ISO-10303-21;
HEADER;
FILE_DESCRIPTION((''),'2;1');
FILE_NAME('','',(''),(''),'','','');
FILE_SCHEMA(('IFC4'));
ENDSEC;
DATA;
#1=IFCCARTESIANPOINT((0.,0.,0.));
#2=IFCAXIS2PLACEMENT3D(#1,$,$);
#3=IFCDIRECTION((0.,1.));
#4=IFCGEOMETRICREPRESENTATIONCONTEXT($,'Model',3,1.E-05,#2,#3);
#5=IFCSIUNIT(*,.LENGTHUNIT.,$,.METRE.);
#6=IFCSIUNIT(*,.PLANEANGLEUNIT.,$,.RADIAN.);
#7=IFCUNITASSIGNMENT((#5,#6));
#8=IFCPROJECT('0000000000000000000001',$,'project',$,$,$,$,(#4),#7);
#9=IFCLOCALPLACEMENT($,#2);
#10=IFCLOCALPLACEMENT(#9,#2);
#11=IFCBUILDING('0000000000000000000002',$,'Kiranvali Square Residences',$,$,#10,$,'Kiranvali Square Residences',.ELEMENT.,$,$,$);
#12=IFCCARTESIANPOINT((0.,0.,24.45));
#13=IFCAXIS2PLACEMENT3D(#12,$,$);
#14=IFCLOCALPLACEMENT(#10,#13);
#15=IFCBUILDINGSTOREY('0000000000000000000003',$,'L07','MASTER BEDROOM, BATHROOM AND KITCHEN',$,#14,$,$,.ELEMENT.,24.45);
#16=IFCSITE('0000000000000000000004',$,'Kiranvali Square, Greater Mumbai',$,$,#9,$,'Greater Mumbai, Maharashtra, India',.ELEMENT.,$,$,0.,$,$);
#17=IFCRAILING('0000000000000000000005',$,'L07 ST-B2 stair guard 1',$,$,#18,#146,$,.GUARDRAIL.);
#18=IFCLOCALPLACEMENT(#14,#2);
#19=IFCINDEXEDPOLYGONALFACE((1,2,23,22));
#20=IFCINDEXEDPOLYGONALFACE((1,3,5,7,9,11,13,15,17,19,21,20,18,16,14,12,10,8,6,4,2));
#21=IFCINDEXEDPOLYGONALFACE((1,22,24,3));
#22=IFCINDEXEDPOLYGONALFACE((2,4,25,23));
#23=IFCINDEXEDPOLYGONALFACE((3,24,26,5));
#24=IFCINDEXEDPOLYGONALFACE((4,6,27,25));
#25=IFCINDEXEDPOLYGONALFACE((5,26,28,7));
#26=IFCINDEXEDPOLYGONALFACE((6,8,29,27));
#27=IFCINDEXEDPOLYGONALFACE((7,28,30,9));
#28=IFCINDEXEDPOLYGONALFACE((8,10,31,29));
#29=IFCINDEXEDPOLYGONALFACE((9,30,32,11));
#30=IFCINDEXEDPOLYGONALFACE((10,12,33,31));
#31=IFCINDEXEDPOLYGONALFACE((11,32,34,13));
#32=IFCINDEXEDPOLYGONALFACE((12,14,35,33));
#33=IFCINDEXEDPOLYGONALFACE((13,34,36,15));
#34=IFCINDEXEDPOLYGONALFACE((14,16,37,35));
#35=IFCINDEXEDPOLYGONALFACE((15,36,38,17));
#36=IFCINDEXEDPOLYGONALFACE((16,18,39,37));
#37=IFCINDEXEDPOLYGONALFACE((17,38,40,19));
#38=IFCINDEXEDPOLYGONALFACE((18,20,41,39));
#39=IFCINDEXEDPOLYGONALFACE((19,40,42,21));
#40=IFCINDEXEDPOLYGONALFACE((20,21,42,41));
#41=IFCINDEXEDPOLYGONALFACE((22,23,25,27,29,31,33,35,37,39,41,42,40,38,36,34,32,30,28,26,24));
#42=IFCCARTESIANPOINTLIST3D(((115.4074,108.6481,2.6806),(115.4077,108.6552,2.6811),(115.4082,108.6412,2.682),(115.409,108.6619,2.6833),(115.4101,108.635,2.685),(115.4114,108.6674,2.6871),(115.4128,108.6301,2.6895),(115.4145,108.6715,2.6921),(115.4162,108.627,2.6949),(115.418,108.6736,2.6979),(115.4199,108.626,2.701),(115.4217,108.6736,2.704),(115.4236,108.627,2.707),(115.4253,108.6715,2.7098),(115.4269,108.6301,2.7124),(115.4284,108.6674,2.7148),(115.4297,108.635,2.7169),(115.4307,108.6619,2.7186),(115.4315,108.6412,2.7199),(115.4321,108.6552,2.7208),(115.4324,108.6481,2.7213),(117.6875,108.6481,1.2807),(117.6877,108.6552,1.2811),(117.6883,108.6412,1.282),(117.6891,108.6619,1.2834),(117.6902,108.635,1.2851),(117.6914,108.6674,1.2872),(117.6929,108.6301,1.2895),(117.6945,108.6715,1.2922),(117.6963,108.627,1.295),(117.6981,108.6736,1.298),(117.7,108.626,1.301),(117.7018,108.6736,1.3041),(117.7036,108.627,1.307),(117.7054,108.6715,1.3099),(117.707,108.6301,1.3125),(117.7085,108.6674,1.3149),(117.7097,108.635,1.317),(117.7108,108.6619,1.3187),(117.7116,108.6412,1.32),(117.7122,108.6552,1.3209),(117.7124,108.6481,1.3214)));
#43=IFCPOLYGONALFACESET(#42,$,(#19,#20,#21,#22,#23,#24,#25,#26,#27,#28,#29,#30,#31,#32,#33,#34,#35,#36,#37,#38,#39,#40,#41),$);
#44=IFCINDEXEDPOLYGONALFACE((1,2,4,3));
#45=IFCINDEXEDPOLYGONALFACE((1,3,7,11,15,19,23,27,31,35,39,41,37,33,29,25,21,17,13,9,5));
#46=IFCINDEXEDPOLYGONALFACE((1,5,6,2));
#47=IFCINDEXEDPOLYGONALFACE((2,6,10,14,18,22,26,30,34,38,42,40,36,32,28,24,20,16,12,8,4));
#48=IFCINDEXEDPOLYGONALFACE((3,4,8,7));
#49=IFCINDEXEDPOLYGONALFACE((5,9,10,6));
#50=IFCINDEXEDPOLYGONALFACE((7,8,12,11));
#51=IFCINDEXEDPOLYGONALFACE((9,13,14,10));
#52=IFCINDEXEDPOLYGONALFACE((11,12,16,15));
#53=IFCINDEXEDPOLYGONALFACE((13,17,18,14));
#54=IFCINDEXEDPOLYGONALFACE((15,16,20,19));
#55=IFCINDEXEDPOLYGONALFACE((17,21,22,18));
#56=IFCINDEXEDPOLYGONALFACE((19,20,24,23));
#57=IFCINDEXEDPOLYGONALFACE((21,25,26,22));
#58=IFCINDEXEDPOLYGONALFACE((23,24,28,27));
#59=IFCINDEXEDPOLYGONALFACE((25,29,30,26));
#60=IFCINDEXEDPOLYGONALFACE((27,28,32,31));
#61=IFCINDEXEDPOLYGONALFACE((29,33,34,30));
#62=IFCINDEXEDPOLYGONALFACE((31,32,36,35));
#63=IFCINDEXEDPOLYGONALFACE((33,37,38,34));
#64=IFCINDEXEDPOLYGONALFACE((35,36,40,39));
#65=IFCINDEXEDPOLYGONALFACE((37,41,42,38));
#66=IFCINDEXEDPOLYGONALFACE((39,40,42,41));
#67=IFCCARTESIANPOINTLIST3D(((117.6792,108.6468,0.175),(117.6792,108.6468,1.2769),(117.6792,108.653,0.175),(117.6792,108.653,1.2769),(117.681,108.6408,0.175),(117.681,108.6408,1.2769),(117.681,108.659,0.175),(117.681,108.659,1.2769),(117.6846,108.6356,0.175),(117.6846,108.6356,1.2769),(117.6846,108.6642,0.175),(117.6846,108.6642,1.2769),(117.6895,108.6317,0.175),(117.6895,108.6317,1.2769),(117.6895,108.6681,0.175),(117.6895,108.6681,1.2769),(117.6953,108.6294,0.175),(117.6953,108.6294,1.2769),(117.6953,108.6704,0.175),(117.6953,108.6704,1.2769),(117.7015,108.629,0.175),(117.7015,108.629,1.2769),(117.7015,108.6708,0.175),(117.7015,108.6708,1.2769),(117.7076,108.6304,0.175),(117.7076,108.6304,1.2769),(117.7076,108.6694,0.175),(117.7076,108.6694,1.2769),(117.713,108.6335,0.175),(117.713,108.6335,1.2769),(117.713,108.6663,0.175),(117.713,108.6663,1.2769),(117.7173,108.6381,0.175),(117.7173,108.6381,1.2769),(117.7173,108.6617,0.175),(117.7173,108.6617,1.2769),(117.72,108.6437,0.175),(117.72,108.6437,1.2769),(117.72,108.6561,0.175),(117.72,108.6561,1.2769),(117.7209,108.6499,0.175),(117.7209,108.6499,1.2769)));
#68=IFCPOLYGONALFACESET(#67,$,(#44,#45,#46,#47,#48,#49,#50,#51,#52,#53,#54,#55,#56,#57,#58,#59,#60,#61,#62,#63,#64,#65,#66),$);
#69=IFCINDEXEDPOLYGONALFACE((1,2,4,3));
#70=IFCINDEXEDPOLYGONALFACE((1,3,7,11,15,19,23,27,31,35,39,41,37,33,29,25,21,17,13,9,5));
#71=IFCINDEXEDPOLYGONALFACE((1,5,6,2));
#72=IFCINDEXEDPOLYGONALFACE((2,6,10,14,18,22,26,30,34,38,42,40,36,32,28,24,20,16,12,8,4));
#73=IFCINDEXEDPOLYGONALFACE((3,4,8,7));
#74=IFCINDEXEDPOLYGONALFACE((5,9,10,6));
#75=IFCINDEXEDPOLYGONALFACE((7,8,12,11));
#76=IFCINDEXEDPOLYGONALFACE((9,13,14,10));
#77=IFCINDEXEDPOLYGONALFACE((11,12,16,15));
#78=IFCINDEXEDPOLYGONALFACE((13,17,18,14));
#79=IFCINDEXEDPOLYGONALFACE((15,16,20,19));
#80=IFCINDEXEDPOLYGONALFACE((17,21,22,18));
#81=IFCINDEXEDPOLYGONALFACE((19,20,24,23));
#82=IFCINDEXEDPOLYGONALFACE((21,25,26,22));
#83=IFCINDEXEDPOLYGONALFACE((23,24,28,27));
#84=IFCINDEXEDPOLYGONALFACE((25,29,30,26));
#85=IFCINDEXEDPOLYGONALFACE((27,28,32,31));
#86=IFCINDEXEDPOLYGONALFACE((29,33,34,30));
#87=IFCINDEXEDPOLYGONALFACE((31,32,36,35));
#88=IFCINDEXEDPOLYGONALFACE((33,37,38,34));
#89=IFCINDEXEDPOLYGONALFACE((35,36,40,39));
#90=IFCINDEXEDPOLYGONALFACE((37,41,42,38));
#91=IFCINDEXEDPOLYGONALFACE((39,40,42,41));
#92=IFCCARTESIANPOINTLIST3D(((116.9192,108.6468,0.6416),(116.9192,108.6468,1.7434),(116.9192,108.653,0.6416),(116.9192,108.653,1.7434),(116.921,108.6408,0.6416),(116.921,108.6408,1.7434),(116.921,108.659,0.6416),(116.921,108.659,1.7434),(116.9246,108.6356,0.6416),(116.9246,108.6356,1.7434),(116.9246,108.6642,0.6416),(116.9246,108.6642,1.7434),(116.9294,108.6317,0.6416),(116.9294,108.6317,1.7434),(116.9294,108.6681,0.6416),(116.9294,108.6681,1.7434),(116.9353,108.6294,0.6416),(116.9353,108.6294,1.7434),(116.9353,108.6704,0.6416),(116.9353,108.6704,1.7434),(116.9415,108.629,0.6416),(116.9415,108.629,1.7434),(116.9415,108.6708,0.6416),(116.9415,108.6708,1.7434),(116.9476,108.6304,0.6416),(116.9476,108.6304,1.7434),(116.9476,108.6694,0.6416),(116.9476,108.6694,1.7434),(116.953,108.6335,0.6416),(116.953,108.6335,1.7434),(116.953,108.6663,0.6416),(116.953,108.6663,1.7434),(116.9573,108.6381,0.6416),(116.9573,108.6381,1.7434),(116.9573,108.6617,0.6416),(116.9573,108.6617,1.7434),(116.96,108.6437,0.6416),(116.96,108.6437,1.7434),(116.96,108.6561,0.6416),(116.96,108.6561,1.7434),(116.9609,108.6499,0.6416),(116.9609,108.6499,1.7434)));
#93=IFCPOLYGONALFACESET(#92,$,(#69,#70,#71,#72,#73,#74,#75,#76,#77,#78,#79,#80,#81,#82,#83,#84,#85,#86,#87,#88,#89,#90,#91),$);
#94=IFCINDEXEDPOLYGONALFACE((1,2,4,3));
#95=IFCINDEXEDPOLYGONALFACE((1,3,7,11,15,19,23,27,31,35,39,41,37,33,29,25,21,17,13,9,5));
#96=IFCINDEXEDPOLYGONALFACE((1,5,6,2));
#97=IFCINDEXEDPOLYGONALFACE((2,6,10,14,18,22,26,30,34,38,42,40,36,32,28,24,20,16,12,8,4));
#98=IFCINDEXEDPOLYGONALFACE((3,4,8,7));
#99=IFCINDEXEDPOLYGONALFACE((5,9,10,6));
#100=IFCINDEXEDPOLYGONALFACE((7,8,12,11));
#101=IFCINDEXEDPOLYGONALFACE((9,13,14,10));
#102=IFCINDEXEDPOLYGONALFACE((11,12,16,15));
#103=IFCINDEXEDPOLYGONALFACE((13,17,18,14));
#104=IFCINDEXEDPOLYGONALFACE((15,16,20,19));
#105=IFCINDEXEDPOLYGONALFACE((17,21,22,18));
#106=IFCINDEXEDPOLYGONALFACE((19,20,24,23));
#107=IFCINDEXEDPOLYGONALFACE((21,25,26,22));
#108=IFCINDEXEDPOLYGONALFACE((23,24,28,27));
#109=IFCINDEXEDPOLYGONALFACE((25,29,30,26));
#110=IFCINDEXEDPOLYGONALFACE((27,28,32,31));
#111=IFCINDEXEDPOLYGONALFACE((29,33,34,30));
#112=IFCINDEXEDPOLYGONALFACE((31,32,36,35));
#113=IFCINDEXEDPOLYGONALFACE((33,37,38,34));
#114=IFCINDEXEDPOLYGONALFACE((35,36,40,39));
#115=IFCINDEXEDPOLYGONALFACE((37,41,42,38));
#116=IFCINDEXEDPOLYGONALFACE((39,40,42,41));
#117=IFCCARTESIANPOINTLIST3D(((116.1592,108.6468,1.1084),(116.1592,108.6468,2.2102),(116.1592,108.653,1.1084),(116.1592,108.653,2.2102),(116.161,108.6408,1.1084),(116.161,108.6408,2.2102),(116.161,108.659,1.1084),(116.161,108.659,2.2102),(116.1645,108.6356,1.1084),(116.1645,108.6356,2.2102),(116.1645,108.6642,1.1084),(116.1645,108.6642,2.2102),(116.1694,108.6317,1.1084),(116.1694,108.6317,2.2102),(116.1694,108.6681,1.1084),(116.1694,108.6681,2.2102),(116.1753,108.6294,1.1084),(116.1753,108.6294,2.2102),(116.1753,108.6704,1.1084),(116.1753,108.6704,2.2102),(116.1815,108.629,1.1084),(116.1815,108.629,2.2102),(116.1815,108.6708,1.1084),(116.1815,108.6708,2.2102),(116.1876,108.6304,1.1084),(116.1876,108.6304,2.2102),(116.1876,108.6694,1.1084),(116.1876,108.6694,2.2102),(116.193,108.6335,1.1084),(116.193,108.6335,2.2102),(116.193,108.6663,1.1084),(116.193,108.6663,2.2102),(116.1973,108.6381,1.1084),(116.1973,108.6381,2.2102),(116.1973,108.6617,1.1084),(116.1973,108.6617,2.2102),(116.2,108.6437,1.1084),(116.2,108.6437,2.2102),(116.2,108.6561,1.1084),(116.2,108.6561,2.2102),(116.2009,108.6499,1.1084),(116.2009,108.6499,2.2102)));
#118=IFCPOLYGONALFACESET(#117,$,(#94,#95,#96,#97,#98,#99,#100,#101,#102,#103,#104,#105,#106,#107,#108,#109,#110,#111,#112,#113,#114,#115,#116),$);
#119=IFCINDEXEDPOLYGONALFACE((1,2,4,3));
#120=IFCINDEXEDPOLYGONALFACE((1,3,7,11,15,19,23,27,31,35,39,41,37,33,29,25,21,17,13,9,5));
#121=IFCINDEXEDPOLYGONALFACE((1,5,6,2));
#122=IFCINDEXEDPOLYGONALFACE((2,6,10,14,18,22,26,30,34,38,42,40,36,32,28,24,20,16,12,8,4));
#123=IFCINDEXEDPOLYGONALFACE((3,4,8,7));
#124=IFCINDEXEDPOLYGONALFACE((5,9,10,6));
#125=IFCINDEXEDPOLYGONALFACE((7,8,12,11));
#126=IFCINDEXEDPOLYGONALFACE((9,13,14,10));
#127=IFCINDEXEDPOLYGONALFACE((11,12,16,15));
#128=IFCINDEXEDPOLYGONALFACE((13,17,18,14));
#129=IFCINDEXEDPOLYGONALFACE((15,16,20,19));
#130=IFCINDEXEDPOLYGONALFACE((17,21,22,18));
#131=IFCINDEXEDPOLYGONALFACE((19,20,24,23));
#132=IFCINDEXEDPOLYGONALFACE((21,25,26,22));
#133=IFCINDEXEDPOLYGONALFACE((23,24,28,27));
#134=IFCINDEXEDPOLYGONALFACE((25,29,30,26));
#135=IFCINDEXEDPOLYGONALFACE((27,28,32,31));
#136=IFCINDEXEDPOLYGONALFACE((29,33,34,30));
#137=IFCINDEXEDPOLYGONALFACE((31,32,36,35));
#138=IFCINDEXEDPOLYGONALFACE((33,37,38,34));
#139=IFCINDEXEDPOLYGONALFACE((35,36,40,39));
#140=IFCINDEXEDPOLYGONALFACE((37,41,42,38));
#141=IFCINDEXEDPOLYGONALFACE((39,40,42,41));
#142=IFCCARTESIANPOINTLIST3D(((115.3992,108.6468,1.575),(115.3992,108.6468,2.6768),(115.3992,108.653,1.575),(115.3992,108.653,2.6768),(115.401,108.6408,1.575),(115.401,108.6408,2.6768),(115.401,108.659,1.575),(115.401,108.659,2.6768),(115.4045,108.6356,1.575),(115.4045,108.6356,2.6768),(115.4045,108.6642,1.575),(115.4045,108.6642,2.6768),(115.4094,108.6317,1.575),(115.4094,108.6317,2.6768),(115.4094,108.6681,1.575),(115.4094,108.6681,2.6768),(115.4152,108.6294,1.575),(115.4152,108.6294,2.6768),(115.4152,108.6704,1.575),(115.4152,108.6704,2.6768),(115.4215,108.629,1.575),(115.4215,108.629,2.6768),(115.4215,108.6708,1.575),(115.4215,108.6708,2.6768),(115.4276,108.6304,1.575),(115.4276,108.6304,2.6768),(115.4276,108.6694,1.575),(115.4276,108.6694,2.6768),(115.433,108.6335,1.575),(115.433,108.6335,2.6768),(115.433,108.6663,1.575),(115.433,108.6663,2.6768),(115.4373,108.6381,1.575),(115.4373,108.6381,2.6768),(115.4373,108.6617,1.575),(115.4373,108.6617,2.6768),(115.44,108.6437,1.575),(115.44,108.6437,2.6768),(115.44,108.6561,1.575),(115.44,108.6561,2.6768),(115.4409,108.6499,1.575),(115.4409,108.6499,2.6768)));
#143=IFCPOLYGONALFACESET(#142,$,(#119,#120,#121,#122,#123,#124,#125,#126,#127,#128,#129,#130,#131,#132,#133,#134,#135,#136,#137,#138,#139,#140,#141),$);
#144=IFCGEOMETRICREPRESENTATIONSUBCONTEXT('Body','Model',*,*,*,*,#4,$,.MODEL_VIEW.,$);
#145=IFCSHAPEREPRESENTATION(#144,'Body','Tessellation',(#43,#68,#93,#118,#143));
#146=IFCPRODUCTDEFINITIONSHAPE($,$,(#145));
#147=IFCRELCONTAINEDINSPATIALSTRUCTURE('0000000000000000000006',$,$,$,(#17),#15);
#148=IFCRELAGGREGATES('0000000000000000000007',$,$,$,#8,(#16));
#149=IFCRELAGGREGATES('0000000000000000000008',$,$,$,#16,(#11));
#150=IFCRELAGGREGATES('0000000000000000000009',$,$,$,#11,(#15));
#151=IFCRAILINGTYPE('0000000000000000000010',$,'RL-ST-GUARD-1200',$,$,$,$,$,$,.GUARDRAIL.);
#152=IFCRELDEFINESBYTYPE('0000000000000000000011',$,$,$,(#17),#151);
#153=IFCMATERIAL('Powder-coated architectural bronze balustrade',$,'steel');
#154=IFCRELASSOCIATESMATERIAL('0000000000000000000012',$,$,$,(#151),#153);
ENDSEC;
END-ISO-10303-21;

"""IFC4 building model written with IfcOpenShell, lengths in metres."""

from ifc_helpers import new_model, si_unit, direction, frame, origin, origin_2d, place, context, subcontext, project, spatial, circle, extrude, material, type_object, element, save


model = new_model("IFC4")

# Units and contexts
model_context = context("Model", 3, precision=1e-05, world=origin(), true_north=direction((0.0, 1.0)))
body_context = subcontext(model_context, "Body", "Model", "MODEL_VIEW")
ifc_project = project(units=[si_unit("LENGTHUNIT", "METRE"), si_unit("PLANEANGLEUNIT", "RADIAN")], contexts=[model_context])

# Site, building, storey
site_placement = place(None, origin())
site = spatial("IfcSite", under=ifc_project, at=site_placement, Name="Kiranvali Square, Greater Mumbai", LongName="Greater Mumbai, Maharashtra, India", CompositionType="ELEMENT", RefElevation=0.0)
building_placement = place(site_placement, origin())
building = spatial("IfcBuilding", under=site, at=building_placement, Name="Kiranvali Square Residences", LongName="Kiranvali Square Residences", CompositionType="ELEMENT")
storey_placement = place(building_placement, frame((0.0, 0.0, 24.45)))
storey = spatial("IfcBuildingStorey", under=building, at=storey_placement, Name="L07", Description="MASTER BEDROOM, BATHROOM AND KITCHEN", CompositionType="ELEMENT", Elevation=24.45)

# Railing
ifc_material_1 = material(Name="Powder-coated architectural bronze balustrade", Category="steel")
railing_type_1 = type_object("IfcRailingType", Name="RL-ST-GUARD-1200", PredefinedType="GUARDRAIL", material=ifc_material_1)
railing_1_placement = place(storey_placement, frame((117.7, 108.6499, 0.175)))
element("IfcRailing", 1, at=railing_1_placement, inside=storey, type_object=railing_type_1, Name="L07 ST-B2 stair guard 1", PredefinedType="GUARDRAIL", context=body_context, shape_type="SweptSolid", body=[
    extrude(circle(Radius=0.0239, at=origin_2d()), frame((0.0, 0.0, 1.126), z_axis=(-0.85219, 0.0, 0.523232), x_axis=(0.0, -1.0, 0.0)), (0.0, 0.0, 1.0), 2.6755),
    extrude(circle(Radius=0.021, at=origin_2d()), origin(), (0.0, 0.0, 1.0), 1.1018),
    extrude(circle(Radius=0.021, at=origin_2d()), frame((-0.76, 0.0, 0.4666)), (0.0, 0.0, 1.0), 1.1018),
    extrude(circle(Radius=0.021, at=origin_2d()), frame((-1.52, 0.0, 0.9333)), (0.0, 0.0, 1.0), 1.1018),
    extrude(circle(Radius=0.021, at=origin_2d()), frame((-2.28, 0.0, 1.3999)), (0.0, 0.0, 1.0), 1.1018),
])

save(model, "model.ifc")
